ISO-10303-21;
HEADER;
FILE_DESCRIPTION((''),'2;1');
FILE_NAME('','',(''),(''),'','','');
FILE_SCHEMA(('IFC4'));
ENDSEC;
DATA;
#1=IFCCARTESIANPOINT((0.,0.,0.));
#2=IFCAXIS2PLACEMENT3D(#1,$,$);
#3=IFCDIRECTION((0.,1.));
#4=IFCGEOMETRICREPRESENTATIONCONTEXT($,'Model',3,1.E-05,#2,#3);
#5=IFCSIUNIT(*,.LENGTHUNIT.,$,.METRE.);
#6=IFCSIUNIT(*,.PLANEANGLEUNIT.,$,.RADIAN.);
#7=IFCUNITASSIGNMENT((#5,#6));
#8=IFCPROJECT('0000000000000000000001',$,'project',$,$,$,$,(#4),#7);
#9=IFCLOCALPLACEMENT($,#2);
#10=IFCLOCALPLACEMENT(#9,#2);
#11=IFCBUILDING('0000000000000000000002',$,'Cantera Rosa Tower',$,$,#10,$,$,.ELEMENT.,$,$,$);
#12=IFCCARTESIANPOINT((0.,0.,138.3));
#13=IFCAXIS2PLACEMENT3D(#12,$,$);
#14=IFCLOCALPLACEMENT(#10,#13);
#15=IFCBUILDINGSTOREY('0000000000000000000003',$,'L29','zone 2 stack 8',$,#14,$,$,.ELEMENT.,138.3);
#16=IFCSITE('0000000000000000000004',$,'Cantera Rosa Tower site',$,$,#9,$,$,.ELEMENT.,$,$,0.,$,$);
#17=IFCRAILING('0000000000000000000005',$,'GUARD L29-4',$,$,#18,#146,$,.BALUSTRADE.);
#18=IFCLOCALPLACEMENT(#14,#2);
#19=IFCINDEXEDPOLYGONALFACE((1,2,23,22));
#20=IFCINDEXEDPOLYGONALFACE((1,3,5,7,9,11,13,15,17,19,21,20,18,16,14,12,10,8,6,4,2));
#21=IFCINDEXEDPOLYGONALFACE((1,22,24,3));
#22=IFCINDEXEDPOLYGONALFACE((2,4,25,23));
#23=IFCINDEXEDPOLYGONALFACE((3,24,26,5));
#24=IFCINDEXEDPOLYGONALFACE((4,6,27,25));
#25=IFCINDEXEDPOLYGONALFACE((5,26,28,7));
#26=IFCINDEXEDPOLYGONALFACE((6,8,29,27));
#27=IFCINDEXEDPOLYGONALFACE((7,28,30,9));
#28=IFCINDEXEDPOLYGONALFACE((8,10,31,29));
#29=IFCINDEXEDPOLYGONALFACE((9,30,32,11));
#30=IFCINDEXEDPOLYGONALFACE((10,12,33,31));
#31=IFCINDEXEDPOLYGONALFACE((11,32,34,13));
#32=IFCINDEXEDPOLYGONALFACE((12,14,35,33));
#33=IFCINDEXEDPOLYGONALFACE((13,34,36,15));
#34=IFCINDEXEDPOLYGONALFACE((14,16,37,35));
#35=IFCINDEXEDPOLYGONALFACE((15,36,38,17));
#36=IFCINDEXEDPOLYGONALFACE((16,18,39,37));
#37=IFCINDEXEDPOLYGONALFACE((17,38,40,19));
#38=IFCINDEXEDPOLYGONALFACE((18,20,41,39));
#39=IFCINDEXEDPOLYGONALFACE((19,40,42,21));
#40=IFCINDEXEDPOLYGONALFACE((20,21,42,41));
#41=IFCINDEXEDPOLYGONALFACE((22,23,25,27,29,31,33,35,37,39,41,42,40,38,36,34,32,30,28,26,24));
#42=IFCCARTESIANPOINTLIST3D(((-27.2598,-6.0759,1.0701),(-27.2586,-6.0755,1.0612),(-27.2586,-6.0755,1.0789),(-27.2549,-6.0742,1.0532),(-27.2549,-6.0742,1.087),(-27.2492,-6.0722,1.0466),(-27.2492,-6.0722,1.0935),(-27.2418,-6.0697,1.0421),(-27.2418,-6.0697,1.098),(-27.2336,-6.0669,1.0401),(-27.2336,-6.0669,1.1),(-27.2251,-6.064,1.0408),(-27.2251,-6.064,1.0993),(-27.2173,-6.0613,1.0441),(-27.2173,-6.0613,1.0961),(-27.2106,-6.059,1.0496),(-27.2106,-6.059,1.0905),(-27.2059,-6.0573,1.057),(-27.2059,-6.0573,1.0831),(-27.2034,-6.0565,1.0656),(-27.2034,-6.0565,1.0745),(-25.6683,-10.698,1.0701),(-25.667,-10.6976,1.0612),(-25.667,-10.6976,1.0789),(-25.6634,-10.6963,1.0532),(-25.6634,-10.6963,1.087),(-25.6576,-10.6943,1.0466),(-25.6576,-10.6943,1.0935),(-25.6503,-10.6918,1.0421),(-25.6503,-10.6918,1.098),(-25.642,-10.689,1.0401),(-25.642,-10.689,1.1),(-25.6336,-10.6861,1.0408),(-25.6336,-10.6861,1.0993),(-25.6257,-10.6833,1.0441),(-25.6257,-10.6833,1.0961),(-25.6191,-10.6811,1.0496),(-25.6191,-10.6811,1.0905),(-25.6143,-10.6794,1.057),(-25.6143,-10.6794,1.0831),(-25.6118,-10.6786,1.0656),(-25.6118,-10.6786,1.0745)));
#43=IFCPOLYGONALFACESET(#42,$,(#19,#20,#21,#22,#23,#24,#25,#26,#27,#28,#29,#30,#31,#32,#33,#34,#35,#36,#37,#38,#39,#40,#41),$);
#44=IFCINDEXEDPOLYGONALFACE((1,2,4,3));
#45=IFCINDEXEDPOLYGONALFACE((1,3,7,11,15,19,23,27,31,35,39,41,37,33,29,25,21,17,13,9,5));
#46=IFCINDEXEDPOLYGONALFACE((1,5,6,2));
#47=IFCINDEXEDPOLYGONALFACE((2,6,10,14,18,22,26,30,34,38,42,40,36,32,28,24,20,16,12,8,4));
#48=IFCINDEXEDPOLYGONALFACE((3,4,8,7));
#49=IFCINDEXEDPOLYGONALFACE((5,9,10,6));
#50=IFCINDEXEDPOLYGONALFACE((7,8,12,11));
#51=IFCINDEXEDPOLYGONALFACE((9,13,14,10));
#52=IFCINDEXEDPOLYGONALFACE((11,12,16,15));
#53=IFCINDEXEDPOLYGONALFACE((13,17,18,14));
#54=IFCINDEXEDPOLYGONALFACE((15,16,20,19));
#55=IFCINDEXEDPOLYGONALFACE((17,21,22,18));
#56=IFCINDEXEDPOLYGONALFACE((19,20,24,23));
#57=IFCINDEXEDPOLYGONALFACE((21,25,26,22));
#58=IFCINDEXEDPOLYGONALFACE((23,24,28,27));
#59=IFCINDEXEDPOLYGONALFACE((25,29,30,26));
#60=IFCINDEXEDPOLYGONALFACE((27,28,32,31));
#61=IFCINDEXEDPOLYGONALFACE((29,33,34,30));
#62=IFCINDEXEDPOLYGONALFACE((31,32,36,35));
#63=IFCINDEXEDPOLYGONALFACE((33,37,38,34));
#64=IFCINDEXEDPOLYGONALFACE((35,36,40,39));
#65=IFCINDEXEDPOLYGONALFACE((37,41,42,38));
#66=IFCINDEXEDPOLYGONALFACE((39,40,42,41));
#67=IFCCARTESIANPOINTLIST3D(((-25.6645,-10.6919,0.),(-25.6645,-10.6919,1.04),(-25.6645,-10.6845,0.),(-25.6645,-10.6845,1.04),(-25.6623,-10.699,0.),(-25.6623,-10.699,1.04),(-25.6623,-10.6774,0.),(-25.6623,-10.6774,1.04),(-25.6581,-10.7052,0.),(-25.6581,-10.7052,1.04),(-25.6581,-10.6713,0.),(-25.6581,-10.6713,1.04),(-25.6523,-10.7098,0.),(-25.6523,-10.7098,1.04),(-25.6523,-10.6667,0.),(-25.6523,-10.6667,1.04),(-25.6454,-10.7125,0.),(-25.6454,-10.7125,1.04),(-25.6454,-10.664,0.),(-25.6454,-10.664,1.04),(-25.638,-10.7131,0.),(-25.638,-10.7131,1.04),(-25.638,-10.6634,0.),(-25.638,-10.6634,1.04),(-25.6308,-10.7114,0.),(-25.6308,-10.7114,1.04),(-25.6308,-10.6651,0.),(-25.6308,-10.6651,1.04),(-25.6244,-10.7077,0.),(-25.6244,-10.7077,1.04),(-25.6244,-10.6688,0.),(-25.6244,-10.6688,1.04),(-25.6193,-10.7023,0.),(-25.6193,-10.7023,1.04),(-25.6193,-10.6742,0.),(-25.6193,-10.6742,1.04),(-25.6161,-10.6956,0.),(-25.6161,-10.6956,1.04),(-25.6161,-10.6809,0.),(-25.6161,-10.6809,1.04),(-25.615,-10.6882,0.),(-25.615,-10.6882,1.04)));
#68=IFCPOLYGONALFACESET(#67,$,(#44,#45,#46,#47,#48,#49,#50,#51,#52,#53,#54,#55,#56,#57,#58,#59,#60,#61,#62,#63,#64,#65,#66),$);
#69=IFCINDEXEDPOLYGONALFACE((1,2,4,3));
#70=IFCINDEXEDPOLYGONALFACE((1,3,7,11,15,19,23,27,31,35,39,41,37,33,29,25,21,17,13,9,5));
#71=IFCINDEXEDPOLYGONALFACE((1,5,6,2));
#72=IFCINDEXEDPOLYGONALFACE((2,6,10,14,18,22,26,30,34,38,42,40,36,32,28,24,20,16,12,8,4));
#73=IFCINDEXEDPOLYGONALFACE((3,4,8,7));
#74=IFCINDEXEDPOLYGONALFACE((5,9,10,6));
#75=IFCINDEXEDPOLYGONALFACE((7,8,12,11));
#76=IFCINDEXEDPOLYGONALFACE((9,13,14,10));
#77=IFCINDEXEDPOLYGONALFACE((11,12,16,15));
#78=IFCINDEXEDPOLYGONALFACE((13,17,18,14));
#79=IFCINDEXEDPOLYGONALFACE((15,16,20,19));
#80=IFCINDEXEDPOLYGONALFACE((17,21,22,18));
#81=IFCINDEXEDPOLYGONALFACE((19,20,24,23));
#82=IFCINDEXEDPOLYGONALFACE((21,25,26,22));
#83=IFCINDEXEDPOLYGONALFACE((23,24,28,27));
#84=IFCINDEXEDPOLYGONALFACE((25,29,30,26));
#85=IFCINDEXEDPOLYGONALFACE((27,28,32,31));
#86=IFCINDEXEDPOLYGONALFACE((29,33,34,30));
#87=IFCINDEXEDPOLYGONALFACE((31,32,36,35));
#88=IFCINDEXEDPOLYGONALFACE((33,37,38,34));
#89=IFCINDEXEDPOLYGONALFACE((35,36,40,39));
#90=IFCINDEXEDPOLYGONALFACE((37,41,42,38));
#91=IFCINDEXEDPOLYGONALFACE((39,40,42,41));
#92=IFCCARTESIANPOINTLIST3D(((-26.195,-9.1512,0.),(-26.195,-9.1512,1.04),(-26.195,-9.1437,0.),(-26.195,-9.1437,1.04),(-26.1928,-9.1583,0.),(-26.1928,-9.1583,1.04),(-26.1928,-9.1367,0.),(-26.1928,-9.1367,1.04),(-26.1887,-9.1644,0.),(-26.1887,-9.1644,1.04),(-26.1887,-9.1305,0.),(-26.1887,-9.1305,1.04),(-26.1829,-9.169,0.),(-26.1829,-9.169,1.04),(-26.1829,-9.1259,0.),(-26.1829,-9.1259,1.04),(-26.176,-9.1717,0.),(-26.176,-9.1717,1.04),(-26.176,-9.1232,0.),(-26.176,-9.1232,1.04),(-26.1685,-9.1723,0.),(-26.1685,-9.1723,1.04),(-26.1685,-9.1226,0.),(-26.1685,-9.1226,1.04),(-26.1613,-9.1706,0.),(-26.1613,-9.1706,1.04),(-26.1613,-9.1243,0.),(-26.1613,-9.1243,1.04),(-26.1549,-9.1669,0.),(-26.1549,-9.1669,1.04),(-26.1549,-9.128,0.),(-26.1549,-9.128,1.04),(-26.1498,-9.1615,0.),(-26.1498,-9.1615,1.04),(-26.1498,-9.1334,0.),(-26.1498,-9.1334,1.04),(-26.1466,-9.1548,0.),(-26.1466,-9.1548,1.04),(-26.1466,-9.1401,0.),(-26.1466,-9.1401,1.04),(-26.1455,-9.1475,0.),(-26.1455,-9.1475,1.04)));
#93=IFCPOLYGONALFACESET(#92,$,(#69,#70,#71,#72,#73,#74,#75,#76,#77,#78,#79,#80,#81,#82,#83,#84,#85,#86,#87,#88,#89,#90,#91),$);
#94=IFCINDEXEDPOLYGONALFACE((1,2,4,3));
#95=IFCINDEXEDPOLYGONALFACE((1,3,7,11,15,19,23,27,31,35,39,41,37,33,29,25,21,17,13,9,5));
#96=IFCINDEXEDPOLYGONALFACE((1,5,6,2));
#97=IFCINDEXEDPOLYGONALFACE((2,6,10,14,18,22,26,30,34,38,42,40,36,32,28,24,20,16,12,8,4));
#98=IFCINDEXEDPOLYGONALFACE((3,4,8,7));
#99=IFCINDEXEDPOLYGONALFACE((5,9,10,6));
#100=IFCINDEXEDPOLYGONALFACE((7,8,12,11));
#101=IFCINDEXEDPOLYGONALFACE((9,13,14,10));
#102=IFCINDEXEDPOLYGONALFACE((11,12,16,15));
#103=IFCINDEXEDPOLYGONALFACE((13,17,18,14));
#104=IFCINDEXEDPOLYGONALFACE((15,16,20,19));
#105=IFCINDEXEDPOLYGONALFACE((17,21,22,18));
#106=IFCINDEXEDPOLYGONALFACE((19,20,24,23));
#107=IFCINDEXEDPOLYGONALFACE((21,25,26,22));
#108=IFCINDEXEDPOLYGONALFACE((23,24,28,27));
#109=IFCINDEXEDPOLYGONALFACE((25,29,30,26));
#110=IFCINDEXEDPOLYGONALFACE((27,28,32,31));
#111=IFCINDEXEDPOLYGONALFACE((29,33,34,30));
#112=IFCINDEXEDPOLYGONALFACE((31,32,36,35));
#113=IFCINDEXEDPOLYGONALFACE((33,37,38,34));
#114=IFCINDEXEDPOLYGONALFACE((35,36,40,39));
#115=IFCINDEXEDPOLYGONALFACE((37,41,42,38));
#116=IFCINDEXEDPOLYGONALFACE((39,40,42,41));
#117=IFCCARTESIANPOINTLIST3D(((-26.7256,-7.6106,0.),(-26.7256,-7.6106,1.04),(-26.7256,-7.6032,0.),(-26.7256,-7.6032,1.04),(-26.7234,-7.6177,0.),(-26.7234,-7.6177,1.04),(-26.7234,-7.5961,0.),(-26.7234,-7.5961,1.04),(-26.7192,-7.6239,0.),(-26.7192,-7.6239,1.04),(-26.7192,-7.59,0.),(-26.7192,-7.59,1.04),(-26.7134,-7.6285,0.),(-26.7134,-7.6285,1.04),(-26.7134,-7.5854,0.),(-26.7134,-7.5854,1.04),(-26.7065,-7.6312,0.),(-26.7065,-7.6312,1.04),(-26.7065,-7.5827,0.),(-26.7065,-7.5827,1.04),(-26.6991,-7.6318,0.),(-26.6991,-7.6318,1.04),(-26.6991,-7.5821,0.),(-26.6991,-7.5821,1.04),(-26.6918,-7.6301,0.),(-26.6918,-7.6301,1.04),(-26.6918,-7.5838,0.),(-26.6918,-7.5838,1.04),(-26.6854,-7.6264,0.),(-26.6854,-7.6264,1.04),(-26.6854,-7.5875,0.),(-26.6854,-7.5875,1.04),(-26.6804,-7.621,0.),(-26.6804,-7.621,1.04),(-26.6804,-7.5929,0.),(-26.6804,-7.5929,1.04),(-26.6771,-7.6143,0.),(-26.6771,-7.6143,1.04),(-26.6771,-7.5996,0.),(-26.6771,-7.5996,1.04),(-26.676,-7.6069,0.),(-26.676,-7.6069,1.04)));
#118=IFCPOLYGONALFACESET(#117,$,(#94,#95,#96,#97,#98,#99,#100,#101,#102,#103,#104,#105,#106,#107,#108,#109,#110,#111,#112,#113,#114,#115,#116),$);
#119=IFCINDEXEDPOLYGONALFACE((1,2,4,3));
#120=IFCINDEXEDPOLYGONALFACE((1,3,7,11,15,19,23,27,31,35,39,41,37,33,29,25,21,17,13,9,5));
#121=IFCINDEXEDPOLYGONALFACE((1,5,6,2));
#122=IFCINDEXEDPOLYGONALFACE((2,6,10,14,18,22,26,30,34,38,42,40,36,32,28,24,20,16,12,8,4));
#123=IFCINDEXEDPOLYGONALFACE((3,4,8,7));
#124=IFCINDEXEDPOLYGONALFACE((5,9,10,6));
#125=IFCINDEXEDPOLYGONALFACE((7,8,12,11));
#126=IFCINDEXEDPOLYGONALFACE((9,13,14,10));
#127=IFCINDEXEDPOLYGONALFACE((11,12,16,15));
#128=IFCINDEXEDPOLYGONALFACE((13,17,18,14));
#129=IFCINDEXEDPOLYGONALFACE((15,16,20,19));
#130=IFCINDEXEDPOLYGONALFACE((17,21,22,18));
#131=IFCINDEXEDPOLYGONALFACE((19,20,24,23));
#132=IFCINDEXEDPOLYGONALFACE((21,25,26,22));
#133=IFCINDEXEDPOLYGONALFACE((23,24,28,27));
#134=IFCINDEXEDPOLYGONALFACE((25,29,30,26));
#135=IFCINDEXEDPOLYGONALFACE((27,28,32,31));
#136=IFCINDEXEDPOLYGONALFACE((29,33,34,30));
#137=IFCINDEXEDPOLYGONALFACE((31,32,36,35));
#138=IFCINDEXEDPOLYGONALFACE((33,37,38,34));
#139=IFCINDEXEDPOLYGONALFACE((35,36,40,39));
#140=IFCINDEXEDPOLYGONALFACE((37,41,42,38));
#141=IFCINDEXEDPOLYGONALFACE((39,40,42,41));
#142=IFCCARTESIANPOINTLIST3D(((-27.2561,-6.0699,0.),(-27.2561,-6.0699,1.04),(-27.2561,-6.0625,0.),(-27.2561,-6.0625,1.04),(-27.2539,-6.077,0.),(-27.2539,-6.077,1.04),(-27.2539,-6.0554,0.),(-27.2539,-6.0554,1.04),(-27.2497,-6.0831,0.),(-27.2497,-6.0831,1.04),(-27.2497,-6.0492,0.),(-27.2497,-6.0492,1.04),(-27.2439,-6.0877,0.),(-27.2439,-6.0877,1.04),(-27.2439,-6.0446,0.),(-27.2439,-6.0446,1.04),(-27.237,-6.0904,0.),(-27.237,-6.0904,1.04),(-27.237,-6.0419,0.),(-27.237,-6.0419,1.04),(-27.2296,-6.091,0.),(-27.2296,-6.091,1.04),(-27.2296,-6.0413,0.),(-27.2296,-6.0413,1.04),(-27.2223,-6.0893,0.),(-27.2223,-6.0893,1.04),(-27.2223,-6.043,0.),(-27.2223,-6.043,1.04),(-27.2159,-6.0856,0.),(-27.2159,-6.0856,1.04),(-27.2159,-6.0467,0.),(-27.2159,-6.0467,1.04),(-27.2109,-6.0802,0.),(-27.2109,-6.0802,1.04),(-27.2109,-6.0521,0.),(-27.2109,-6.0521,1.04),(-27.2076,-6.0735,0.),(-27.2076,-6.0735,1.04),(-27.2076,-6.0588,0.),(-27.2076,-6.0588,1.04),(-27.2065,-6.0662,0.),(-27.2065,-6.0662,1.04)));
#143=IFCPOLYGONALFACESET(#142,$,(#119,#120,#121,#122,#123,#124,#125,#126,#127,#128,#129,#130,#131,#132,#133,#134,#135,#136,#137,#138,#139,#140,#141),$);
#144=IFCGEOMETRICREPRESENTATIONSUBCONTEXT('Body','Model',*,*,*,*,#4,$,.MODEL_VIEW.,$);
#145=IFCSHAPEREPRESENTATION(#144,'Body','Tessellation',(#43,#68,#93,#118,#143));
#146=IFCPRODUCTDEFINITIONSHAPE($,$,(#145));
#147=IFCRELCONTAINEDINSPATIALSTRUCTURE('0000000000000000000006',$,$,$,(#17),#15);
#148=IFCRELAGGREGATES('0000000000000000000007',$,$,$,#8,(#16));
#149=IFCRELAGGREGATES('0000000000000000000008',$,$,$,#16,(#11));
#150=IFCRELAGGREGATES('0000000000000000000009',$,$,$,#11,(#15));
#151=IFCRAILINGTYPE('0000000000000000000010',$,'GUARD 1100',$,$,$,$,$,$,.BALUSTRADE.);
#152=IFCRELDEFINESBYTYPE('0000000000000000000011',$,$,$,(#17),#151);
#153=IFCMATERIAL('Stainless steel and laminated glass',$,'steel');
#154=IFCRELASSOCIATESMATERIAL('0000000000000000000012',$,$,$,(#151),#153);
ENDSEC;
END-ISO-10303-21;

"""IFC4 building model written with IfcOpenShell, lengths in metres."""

from ifc_helpers import new_model, si_unit, direction, frame, origin, origin_2d, place, context, subcontext, project, spatial, circle, extrude, material, type_object, element, save


model = new_model("IFC4")

# Units and contexts
model_context = context("Model", 3, precision=1e-05, world=origin(), true_north=direction((0.0, 1.0)))
body_context = subcontext(model_context, "Body", "Model", "MODEL_VIEW")
ifc_project = project(units=[si_unit("LENGTHUNIT", "METRE"), si_unit("PLANEANGLEUNIT", "RADIAN")], contexts=[model_context])

# Site, building, storey
site_placement = place(None, origin())
site = spatial("IfcSite", under=ifc_project, at=site_placement, Name="Cantera Rosa Tower site", CompositionType="ELEMENT", RefElevation=0.0)
building_placement = place(site_placement, origin())
building = spatial("IfcBuilding", under=site, at=building_placement, Name="Cantera Rosa Tower", CompositionType="ELEMENT")
storey_placement = place(building_placement, frame((0.0, 0.0, 138.3)))
storey = spatial("IfcBuildingStorey", under=building, at=storey_placement, Name="L29", Description="zone 2 stack 8", CompositionType="ELEMENT", Elevation=138.3)

# Railing
ifc_material_1 = material(Name="Stainless steel and laminated glass", Category="steel")
railing_type = type_object("IfcRailingType", Name="GUARD 1100", PredefinedType="BALUSTRADE", material=ifc_material_1)
railing_placement = place(storey_placement, frame((-25.6399, -10.6882, 0.0)))
element("IfcRailing", 1, at=railing_placement, inside=storey, type_object=railing_type, Name="GUARD L29-4", PredefinedType="BALUSTRADE", context=body_context, shape_type="SweptSolid", body=[
    extrude(circle(Radius=0.03, at=origin_2d()), frame((0.0, 0.0, 1.0701), z_axis=(-0.325577, 0.945516, 0.0), x_axis=(-0.945516, -0.325577, 0.0)), (0.0, 0.0, 1.0), 4.8884),
    extrude(circle(Radius=0.0249, at=origin_2d()), origin(), (0.0, 0.0, 1.0), 1.04),
    extrude(circle(Radius=0.0249, at=origin_2d()), frame((-0.5305, 1.5408, 0.0)), (0.0, 0.0, 1.0), 1.04),
    extrude(circle(Radius=0.0249, at=origin_2d()), frame((-1.061, 3.0813, 0.0)), (0.0, 0.0, 1.0), 1.04),
    extrude(circle(Radius=0.0249, at=origin_2d()), frame((-1.5916, 4.6221, 0.0)), (0.0, 0.0, 1.0), 1.04),
])

save(model, "model.ifc")
